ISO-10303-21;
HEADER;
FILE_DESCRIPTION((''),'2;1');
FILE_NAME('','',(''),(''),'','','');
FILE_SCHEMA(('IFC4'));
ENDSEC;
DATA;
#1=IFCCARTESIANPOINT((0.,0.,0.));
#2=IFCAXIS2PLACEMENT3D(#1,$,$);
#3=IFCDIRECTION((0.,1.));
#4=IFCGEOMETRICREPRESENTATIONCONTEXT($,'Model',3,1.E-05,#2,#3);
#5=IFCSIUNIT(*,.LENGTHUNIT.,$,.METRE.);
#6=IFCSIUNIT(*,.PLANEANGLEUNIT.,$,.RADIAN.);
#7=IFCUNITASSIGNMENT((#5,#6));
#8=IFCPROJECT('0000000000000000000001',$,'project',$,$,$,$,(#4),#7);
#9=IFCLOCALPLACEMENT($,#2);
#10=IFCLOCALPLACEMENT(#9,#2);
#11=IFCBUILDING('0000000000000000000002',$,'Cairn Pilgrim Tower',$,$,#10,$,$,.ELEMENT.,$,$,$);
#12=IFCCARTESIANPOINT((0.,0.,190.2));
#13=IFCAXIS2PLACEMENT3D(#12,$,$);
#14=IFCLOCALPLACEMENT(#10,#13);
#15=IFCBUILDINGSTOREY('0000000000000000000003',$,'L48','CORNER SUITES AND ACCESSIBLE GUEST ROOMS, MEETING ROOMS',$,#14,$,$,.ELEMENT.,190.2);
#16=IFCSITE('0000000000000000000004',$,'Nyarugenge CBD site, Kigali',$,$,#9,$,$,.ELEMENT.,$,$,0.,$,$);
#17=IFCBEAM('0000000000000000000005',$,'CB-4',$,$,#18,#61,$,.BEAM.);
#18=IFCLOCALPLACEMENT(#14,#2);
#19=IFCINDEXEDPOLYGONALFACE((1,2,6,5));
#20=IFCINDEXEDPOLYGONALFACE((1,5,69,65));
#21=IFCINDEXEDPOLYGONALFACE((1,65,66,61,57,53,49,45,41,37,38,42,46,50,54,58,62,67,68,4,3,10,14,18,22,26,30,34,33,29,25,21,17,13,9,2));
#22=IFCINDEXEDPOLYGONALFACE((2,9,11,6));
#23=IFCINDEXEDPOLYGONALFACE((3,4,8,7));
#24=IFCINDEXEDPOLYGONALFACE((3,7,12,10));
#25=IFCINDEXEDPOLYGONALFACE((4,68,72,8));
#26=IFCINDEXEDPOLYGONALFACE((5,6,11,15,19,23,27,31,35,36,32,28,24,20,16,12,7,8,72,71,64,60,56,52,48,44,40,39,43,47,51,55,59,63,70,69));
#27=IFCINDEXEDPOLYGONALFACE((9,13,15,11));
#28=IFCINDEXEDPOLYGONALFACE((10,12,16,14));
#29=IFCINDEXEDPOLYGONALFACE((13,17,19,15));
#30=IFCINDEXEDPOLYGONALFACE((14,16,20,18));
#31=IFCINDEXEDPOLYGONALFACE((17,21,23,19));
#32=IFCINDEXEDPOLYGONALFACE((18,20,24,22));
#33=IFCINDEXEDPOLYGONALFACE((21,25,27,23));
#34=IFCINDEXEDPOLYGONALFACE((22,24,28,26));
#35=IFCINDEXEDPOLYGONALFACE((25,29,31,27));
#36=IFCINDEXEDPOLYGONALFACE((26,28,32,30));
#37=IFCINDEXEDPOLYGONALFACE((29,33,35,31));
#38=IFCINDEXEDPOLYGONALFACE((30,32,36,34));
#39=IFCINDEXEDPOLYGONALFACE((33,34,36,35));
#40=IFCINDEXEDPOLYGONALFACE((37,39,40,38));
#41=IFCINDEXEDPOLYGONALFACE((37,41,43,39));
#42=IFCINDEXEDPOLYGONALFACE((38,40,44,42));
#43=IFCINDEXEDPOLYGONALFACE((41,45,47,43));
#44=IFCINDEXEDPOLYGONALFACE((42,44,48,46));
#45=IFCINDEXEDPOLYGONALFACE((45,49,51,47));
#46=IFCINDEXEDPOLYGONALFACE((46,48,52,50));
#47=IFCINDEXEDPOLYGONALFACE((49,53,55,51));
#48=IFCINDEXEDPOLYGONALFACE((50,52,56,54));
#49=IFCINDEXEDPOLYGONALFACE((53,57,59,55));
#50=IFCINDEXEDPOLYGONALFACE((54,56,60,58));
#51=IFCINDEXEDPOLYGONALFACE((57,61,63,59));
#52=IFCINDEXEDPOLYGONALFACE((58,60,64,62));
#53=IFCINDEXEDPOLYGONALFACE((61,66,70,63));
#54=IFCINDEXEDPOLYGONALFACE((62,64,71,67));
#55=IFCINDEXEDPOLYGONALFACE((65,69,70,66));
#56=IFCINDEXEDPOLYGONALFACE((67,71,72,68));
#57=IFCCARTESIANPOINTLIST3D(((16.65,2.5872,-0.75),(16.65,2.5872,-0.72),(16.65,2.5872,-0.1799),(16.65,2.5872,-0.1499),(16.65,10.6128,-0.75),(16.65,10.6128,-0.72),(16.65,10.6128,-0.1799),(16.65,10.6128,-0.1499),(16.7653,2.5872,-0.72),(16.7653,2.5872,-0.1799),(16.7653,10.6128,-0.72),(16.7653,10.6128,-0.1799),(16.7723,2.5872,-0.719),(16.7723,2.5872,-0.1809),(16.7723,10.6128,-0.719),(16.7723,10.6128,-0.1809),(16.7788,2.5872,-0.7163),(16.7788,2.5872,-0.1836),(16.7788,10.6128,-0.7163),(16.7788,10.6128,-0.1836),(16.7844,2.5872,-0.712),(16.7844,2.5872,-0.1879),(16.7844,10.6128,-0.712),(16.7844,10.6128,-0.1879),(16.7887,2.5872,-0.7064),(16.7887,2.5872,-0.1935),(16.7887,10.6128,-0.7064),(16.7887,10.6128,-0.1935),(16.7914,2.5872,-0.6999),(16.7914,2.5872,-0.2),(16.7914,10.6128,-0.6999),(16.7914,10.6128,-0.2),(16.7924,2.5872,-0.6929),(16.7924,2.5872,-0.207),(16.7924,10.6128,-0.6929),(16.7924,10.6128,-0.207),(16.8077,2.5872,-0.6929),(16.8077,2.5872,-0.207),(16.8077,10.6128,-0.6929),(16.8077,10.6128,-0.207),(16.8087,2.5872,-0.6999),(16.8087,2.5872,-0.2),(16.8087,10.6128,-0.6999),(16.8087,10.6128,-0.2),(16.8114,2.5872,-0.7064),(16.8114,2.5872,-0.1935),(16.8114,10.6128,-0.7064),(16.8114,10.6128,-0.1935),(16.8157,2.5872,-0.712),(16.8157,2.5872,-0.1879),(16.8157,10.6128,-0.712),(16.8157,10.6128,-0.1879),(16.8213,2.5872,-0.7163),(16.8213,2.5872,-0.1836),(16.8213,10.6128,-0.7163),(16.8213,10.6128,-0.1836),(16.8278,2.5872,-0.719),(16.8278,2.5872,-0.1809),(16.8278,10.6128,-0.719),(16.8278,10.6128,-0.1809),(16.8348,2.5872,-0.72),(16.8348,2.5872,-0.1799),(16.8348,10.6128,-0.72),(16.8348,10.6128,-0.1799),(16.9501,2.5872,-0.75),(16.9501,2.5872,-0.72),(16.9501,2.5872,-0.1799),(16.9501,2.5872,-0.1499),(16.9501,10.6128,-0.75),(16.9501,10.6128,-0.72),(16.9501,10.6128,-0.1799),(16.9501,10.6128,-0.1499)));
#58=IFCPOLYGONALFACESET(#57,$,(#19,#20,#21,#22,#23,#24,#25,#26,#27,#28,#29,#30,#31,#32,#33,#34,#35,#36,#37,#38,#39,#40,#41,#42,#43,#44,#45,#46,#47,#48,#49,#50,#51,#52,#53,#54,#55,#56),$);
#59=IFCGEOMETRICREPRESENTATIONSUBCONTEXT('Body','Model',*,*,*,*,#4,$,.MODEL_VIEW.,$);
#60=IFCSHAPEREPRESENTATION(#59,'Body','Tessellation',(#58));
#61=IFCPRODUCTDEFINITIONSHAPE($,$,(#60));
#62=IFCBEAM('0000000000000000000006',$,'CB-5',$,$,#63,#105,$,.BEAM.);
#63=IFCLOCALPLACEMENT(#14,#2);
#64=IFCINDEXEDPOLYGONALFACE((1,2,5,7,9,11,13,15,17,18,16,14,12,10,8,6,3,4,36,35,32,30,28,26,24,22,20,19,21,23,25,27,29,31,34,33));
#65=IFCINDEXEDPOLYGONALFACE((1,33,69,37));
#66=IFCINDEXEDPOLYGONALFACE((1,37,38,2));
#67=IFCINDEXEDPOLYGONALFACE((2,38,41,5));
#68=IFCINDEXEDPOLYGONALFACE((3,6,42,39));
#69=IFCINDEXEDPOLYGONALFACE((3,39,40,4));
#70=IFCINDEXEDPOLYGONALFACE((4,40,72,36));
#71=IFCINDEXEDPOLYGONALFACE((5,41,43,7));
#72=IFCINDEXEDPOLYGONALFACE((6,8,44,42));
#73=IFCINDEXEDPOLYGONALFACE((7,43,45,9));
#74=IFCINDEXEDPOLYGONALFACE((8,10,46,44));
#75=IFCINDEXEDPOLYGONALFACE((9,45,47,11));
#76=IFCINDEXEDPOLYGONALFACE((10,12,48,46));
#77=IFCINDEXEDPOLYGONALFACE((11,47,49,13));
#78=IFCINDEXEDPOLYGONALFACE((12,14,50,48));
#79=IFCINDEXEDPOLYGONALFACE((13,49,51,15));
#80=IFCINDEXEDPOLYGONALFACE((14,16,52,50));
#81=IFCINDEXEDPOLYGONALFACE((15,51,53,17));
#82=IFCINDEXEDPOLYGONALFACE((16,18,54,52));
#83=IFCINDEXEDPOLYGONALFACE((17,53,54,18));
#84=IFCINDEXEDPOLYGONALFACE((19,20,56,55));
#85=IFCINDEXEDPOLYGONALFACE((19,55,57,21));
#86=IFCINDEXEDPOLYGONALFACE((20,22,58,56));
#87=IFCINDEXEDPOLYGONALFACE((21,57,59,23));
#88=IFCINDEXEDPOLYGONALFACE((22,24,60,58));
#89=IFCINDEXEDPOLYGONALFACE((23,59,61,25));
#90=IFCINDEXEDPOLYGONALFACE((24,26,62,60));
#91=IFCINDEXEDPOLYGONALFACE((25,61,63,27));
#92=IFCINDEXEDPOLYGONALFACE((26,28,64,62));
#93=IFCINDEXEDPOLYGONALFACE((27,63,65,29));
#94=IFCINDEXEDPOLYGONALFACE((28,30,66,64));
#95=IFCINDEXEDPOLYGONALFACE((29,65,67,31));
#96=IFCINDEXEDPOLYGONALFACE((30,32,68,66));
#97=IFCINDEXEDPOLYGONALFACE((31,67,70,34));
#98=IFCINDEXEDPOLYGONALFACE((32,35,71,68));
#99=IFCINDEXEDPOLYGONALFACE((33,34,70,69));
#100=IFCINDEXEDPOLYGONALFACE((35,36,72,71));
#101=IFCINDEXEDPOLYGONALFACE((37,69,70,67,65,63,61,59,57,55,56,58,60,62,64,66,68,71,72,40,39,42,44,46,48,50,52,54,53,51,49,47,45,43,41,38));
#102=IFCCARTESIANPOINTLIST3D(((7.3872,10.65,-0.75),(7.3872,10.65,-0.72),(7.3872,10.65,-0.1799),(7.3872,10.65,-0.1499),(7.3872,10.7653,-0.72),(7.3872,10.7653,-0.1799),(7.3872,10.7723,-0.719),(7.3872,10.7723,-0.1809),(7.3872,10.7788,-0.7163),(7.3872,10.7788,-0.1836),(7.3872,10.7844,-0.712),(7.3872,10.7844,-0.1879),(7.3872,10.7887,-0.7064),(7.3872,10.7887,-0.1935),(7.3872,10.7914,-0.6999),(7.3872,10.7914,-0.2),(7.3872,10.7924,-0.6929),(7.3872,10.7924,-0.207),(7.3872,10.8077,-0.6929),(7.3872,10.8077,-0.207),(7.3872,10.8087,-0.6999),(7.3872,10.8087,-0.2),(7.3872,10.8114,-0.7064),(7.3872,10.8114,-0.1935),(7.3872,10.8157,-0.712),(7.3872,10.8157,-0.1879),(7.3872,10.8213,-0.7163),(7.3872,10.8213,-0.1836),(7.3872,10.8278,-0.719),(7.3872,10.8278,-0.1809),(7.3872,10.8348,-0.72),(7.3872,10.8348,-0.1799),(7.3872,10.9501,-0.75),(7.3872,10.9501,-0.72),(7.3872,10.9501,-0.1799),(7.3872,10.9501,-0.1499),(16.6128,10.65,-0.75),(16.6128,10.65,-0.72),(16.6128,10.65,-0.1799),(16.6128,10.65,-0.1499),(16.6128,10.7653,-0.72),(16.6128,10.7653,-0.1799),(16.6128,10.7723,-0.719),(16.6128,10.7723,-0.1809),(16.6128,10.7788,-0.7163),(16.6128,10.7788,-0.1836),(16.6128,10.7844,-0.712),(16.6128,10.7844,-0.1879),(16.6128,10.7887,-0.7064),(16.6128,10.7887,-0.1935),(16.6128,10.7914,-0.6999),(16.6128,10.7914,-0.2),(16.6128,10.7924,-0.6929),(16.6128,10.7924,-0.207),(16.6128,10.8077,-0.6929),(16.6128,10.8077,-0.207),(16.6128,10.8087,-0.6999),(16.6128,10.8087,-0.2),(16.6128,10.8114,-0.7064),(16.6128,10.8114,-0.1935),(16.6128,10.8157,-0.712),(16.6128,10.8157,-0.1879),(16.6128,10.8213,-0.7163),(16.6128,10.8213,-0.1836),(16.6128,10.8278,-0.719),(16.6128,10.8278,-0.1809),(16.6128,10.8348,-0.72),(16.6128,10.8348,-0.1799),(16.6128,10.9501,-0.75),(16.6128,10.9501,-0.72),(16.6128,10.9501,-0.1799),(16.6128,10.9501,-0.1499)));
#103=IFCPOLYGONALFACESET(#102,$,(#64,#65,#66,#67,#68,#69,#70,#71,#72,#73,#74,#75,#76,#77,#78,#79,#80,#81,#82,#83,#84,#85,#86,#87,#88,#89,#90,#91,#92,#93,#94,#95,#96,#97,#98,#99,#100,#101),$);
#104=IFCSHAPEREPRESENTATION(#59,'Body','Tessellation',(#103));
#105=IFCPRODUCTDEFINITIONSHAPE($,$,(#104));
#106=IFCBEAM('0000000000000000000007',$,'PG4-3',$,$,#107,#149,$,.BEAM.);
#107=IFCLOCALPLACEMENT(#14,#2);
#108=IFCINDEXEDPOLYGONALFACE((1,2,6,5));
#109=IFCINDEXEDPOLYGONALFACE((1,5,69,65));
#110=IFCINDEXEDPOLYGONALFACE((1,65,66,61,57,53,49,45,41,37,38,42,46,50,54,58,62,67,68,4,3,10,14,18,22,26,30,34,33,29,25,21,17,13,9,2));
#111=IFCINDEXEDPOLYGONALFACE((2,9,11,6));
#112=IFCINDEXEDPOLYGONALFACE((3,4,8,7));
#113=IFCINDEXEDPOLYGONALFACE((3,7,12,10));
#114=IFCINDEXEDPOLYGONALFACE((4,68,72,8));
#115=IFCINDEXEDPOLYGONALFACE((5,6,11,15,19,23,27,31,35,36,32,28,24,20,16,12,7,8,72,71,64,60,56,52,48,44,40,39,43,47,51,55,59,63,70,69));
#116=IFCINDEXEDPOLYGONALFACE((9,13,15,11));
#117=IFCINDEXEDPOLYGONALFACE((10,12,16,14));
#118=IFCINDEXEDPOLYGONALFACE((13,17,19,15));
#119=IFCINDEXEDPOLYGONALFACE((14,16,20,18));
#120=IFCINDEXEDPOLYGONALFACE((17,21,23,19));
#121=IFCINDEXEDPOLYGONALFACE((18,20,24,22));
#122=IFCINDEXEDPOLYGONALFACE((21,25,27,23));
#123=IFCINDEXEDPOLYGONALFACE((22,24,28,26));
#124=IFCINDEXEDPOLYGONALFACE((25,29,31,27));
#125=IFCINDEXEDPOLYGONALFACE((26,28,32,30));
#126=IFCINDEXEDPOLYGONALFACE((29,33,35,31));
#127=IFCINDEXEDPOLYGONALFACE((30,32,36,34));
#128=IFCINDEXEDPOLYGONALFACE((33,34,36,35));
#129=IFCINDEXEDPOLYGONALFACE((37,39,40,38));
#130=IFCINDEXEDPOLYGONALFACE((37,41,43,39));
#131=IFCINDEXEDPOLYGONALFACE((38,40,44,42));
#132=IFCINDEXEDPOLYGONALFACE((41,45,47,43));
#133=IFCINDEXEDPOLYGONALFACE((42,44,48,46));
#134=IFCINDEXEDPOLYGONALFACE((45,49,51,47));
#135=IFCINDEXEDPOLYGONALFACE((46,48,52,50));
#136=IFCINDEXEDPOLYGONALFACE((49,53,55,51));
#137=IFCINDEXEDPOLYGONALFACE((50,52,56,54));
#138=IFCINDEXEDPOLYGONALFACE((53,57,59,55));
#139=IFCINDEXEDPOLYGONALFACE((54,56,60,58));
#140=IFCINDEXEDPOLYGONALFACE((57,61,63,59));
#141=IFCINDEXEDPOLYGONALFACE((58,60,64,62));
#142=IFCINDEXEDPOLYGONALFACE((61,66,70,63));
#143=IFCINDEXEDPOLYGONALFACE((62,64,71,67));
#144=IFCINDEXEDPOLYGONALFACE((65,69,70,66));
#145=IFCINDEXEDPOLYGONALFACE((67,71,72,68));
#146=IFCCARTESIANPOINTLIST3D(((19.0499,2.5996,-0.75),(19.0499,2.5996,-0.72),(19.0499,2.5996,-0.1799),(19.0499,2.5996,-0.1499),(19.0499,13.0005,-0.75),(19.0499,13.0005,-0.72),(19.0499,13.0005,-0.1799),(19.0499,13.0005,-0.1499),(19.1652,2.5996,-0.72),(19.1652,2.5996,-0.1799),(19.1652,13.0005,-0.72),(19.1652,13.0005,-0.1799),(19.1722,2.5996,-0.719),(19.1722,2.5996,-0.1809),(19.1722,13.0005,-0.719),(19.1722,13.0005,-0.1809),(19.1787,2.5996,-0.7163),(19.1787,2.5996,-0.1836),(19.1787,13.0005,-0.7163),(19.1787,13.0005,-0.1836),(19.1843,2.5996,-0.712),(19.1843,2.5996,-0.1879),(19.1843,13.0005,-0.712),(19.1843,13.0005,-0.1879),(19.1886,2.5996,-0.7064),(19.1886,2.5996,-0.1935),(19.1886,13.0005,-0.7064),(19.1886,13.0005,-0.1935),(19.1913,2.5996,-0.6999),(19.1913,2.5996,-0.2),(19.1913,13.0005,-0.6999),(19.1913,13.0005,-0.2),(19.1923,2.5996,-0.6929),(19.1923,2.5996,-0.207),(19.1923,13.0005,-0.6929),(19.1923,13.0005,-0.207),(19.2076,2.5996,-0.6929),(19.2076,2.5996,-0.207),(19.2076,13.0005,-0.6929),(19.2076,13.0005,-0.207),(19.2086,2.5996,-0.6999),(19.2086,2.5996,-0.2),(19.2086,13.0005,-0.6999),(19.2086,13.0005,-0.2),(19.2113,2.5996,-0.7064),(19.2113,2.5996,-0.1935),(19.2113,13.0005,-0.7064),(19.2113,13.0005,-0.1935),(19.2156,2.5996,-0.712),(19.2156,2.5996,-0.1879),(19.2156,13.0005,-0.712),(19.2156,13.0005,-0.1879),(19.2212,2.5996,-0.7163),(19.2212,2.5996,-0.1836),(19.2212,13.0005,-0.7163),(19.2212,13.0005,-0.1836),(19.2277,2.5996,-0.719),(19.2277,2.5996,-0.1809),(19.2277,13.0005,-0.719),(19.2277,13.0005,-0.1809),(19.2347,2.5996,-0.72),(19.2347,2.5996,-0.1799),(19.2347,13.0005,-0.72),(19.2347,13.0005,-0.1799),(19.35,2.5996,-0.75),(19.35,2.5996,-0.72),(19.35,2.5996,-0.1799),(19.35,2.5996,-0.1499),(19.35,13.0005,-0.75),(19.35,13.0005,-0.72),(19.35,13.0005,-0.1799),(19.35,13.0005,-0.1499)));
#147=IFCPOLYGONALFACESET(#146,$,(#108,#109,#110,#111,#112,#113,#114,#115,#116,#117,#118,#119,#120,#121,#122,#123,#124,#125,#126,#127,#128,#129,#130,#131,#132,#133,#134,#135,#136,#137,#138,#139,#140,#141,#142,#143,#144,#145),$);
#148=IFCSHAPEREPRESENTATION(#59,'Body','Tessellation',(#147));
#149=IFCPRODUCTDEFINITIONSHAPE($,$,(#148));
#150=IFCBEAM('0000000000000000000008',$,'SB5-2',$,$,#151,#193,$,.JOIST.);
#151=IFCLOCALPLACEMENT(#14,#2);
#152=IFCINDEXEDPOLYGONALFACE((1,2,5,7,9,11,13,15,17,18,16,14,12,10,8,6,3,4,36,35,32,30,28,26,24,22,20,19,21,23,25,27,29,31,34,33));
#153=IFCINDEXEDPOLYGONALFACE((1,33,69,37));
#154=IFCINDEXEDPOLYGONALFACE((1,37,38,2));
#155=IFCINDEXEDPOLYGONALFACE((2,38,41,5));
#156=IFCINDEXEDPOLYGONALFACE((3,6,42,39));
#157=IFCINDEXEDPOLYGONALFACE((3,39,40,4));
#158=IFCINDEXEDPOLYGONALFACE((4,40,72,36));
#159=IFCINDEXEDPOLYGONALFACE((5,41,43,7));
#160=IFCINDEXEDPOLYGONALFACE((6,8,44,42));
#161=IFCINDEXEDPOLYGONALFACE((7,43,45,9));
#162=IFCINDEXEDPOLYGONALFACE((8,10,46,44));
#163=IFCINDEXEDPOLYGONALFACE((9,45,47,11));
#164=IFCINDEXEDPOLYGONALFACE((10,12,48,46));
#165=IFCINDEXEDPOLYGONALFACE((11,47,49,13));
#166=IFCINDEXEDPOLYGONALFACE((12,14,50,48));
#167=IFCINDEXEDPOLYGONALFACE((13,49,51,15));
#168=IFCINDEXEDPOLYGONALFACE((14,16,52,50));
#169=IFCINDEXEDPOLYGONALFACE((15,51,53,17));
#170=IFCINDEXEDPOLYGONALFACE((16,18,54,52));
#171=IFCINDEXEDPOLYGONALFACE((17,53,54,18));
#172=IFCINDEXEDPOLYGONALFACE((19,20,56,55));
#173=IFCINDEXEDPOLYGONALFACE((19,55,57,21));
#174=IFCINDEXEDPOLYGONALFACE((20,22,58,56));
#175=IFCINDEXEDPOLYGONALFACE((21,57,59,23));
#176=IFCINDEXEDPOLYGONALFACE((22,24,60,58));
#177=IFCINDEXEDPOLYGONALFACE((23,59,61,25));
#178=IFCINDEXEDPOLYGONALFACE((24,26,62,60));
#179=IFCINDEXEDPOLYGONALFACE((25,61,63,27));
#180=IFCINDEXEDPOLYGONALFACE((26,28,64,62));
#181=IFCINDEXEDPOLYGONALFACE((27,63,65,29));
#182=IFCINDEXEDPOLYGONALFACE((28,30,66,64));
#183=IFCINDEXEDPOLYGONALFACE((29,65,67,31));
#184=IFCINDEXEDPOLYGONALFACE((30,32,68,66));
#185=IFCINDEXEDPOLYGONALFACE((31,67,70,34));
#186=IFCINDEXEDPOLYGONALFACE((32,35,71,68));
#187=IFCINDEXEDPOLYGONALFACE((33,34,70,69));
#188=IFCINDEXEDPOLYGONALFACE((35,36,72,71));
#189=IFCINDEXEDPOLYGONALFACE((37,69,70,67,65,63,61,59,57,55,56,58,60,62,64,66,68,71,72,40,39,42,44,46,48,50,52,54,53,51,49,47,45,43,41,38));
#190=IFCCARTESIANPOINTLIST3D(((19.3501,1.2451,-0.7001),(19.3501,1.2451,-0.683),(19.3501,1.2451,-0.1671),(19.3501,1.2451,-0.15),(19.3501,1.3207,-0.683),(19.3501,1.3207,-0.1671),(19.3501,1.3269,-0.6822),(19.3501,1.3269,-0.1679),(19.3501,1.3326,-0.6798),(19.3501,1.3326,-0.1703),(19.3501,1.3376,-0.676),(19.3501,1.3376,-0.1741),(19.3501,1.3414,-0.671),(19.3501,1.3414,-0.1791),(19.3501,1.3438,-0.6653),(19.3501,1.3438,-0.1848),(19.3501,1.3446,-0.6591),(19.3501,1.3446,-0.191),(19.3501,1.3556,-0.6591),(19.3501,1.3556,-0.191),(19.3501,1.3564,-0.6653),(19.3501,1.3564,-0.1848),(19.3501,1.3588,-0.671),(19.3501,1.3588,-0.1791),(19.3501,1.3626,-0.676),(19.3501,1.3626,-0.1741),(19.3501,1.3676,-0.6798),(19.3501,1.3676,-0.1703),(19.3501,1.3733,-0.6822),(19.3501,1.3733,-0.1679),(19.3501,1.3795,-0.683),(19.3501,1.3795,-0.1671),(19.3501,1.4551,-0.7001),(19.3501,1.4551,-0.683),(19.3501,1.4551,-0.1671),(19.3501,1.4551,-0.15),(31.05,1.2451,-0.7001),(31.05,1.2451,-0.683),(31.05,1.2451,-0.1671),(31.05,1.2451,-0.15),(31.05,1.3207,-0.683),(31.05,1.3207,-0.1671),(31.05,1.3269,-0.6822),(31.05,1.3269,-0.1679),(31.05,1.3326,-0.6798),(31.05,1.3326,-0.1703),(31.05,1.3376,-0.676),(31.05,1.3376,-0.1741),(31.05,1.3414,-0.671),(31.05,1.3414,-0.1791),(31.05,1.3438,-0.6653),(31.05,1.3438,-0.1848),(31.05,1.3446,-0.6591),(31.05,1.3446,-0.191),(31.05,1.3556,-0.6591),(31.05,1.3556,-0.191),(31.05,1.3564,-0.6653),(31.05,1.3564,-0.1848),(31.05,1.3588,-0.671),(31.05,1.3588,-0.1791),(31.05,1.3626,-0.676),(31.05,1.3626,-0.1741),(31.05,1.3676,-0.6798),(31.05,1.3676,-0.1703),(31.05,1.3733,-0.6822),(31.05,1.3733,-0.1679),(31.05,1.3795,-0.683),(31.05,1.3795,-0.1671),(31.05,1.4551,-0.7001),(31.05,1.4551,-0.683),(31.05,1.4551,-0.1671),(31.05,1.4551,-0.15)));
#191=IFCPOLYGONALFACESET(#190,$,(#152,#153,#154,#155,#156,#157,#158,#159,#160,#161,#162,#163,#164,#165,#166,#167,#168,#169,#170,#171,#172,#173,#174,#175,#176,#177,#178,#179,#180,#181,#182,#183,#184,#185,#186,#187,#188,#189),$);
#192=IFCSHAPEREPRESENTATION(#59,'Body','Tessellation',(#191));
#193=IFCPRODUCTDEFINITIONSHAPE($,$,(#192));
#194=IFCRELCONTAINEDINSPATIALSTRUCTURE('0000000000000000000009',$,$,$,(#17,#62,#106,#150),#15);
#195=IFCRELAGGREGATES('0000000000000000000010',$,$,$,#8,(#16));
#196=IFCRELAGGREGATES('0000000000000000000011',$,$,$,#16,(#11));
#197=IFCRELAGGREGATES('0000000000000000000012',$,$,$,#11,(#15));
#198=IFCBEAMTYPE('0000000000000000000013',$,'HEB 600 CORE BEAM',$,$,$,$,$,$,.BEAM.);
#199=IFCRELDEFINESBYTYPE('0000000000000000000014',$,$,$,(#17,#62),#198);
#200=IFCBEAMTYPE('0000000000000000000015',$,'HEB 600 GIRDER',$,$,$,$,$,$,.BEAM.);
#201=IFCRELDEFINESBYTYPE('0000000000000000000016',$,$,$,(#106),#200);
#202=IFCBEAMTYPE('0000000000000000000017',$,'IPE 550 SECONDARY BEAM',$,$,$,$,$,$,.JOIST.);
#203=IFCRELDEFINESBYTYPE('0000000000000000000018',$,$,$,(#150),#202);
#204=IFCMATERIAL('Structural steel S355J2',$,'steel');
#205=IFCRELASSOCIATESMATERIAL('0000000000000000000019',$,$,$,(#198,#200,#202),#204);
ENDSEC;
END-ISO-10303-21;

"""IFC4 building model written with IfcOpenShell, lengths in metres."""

from ifc_helpers import new_model, si_unit, direction, frame, origin, origin_2d, place, context, subcontext, project, spatial, i_section, extrude, material, material_profile, profile_set, type_object, element, save


model = new_model("IFC4")

# Units and contexts
model_context = context("Model", 3, precision=1e-05, world=origin(), true_north=direction((0.0, 1.0)))
body_context = subcontext(model_context, "Body", "Model", "MODEL_VIEW")
ifc_project = project(units=[si_unit("LENGTHUNIT", "METRE"), si_unit("PLANEANGLEUNIT", "RADIAN")], contexts=[model_context])

# Site, building, storey
site_placement = place(None, origin())
site = spatial("IfcSite", under=ifc_project, at=site_placement, Name="Nyarugenge CBD site, Kigali", CompositionType="ELEMENT", RefElevation=0.0)
building_placement = place(site_placement, origin())
building = spatial("IfcBuilding", under=site, at=building_placement, Name="Cairn Pilgrim Tower", CompositionType="ELEMENT")
storey_placement = place(building_placement, frame((0.0, 0.0, 190.2)))
storey = spatial("IfcBuildingStorey", under=building, at=storey_placement, Name="L48", Description="CORNER SUITES AND ACCESSIBLE GUEST ROOMS, MEETING ROOMS", CompositionType="ELEMENT", Elevation=190.2)

# Shared definitions
ifc_material_1 = material(Name="Structural steel S355J2", Category="steel")

# Beams
ifc_material_profile_1 = material_profile(ifc_material_1, i_section(OverallWidth=0.3, OverallDepth=0.6001, WebThickness=0.0154, FlangeThickness=0.03, FilletRadius=0.0271, at=origin_2d()), Name="HEB 600")
ifc_profile_set_1 = profile_set([ifc_material_profile_1], Name="Structural steel S355J2")
beam_type_1 = type_object("IfcBeamType", Name="HEB 600 CORE BEAM", PredefinedType="BEAM", material=ifc_profile_set_1)
beam_1_placement = place(storey_placement, frame((16.8, 2.5872, -0.45), z_axis=(0.0, 1.0, 0.0), x_axis=(-1.0, 0.0, 0.0)))
element("IfcBeam", 1, at=beam_1_placement, inside=storey, type_object=beam_type_1, Name="CB-4", PredefinedType="BEAM", context=body_context, shape_type="SweptSolid", body=[
    extrude(i_section(OverallWidth=0.3, OverallDepth=0.6001, WebThickness=0.0154, FlangeThickness=0.03, FilletRadius=0.0271, at=origin_2d()), origin(), (0.0, 0.0, 1.0), 8.0256),
])
beam_2_placement = place(storey_placement, frame((16.6128, 10.8, -0.45), z_axis=(-1.0, 0.0, 0.0), x_axis=(0.0, -1.0, 0.0)))
element("IfcBeam", 2, at=beam_2_placement, inside=storey, type_object=beam_type_1, Name="CB-5", PredefinedType="BEAM", context=body_context, shape_type="SweptSolid", body=[
    extrude(i_section(OverallWidth=0.3, OverallDepth=0.6001, WebThickness=0.0154, FlangeThickness=0.03, FilletRadius=0.0271, at=origin_2d()), origin(), (0.0, 0.0, 1.0), 9.2256),
])
ifc_material_profile_2 = material_profile(ifc_material_1, i_section(OverallWidth=0.3, OverallDepth=0.6001, WebThickness=0.0154, FlangeThickness=0.03, FilletRadius=0.0271, at=origin_2d()), Name="HEB 600")
ifc_profile_set_2 = profile_set([ifc_material_profile_2], Name="Structural steel S355J2")
beam_type_2 = type_object("IfcBeamType", Name="HEB 600 GIRDER", PredefinedType="BEAM", material=ifc_profile_set_2)
beam_3_placement = place(storey_placement, frame((19.2, 2.5996, -0.45), z_axis=(0.0, 1.0, 0.0), x_axis=(-1.0, 0.0, 0.0)))
element("IfcBeam", 3, at=beam_3_placement, inside=storey, type_object=beam_type_2, Name="PG4-3", PredefinedType="BEAM", context=body_context, shape_type="SweptSolid", body=[
    extrude(i_section(OverallWidth=0.3, OverallDepth=0.6001, WebThickness=0.0154, FlangeThickness=0.03, FilletRadius=0.0271, at=origin_2d()), origin(), (0.0, 0.0, 1.0), 10.4009),
])
ifc_material_profile_3 = material_profile(ifc_material_1, i_section(OverallWidth=0.21, OverallDepth=0.55, WebThickness=0.011, FlangeThickness=0.0171, FilletRadius=0.0239, at=origin_2d()), Name="IPE 550")
ifc_profile_set_3 = profile_set([ifc_material_profile_3], Name="Structural steel S355J2")
beam_type_3 = type_object("IfcBeamType", Name="IPE 550 SECONDARY BEAM", PredefinedType="JOIST", material=ifc_profile_set_3)
for number, where, z_axis, x_axis, name in (
    (4, (19.3501, 1.3501, -0.425), (1.0, 0.0, 0.0), (0.0, 1.0, 0.0), "SB5-2"),
):
    element("IfcBeam", number, at=place(storey_placement, frame(where, z_axis=z_axis, x_axis=x_axis)), inside=storey, type_object=beam_type_3, Name=name, PredefinedType="JOIST", context=body_context, shape_type="SweptSolid", body=[
        extrude(i_section(OverallWidth=0.21, OverallDepth=0.55, WebThickness=0.011, FlangeThickness=0.0171, FilletRadius=0.0239, at=origin_2d()), origin(), (0.0, 0.0, 1.0), 11.7),
    ])

save(model, "model.ifc")
